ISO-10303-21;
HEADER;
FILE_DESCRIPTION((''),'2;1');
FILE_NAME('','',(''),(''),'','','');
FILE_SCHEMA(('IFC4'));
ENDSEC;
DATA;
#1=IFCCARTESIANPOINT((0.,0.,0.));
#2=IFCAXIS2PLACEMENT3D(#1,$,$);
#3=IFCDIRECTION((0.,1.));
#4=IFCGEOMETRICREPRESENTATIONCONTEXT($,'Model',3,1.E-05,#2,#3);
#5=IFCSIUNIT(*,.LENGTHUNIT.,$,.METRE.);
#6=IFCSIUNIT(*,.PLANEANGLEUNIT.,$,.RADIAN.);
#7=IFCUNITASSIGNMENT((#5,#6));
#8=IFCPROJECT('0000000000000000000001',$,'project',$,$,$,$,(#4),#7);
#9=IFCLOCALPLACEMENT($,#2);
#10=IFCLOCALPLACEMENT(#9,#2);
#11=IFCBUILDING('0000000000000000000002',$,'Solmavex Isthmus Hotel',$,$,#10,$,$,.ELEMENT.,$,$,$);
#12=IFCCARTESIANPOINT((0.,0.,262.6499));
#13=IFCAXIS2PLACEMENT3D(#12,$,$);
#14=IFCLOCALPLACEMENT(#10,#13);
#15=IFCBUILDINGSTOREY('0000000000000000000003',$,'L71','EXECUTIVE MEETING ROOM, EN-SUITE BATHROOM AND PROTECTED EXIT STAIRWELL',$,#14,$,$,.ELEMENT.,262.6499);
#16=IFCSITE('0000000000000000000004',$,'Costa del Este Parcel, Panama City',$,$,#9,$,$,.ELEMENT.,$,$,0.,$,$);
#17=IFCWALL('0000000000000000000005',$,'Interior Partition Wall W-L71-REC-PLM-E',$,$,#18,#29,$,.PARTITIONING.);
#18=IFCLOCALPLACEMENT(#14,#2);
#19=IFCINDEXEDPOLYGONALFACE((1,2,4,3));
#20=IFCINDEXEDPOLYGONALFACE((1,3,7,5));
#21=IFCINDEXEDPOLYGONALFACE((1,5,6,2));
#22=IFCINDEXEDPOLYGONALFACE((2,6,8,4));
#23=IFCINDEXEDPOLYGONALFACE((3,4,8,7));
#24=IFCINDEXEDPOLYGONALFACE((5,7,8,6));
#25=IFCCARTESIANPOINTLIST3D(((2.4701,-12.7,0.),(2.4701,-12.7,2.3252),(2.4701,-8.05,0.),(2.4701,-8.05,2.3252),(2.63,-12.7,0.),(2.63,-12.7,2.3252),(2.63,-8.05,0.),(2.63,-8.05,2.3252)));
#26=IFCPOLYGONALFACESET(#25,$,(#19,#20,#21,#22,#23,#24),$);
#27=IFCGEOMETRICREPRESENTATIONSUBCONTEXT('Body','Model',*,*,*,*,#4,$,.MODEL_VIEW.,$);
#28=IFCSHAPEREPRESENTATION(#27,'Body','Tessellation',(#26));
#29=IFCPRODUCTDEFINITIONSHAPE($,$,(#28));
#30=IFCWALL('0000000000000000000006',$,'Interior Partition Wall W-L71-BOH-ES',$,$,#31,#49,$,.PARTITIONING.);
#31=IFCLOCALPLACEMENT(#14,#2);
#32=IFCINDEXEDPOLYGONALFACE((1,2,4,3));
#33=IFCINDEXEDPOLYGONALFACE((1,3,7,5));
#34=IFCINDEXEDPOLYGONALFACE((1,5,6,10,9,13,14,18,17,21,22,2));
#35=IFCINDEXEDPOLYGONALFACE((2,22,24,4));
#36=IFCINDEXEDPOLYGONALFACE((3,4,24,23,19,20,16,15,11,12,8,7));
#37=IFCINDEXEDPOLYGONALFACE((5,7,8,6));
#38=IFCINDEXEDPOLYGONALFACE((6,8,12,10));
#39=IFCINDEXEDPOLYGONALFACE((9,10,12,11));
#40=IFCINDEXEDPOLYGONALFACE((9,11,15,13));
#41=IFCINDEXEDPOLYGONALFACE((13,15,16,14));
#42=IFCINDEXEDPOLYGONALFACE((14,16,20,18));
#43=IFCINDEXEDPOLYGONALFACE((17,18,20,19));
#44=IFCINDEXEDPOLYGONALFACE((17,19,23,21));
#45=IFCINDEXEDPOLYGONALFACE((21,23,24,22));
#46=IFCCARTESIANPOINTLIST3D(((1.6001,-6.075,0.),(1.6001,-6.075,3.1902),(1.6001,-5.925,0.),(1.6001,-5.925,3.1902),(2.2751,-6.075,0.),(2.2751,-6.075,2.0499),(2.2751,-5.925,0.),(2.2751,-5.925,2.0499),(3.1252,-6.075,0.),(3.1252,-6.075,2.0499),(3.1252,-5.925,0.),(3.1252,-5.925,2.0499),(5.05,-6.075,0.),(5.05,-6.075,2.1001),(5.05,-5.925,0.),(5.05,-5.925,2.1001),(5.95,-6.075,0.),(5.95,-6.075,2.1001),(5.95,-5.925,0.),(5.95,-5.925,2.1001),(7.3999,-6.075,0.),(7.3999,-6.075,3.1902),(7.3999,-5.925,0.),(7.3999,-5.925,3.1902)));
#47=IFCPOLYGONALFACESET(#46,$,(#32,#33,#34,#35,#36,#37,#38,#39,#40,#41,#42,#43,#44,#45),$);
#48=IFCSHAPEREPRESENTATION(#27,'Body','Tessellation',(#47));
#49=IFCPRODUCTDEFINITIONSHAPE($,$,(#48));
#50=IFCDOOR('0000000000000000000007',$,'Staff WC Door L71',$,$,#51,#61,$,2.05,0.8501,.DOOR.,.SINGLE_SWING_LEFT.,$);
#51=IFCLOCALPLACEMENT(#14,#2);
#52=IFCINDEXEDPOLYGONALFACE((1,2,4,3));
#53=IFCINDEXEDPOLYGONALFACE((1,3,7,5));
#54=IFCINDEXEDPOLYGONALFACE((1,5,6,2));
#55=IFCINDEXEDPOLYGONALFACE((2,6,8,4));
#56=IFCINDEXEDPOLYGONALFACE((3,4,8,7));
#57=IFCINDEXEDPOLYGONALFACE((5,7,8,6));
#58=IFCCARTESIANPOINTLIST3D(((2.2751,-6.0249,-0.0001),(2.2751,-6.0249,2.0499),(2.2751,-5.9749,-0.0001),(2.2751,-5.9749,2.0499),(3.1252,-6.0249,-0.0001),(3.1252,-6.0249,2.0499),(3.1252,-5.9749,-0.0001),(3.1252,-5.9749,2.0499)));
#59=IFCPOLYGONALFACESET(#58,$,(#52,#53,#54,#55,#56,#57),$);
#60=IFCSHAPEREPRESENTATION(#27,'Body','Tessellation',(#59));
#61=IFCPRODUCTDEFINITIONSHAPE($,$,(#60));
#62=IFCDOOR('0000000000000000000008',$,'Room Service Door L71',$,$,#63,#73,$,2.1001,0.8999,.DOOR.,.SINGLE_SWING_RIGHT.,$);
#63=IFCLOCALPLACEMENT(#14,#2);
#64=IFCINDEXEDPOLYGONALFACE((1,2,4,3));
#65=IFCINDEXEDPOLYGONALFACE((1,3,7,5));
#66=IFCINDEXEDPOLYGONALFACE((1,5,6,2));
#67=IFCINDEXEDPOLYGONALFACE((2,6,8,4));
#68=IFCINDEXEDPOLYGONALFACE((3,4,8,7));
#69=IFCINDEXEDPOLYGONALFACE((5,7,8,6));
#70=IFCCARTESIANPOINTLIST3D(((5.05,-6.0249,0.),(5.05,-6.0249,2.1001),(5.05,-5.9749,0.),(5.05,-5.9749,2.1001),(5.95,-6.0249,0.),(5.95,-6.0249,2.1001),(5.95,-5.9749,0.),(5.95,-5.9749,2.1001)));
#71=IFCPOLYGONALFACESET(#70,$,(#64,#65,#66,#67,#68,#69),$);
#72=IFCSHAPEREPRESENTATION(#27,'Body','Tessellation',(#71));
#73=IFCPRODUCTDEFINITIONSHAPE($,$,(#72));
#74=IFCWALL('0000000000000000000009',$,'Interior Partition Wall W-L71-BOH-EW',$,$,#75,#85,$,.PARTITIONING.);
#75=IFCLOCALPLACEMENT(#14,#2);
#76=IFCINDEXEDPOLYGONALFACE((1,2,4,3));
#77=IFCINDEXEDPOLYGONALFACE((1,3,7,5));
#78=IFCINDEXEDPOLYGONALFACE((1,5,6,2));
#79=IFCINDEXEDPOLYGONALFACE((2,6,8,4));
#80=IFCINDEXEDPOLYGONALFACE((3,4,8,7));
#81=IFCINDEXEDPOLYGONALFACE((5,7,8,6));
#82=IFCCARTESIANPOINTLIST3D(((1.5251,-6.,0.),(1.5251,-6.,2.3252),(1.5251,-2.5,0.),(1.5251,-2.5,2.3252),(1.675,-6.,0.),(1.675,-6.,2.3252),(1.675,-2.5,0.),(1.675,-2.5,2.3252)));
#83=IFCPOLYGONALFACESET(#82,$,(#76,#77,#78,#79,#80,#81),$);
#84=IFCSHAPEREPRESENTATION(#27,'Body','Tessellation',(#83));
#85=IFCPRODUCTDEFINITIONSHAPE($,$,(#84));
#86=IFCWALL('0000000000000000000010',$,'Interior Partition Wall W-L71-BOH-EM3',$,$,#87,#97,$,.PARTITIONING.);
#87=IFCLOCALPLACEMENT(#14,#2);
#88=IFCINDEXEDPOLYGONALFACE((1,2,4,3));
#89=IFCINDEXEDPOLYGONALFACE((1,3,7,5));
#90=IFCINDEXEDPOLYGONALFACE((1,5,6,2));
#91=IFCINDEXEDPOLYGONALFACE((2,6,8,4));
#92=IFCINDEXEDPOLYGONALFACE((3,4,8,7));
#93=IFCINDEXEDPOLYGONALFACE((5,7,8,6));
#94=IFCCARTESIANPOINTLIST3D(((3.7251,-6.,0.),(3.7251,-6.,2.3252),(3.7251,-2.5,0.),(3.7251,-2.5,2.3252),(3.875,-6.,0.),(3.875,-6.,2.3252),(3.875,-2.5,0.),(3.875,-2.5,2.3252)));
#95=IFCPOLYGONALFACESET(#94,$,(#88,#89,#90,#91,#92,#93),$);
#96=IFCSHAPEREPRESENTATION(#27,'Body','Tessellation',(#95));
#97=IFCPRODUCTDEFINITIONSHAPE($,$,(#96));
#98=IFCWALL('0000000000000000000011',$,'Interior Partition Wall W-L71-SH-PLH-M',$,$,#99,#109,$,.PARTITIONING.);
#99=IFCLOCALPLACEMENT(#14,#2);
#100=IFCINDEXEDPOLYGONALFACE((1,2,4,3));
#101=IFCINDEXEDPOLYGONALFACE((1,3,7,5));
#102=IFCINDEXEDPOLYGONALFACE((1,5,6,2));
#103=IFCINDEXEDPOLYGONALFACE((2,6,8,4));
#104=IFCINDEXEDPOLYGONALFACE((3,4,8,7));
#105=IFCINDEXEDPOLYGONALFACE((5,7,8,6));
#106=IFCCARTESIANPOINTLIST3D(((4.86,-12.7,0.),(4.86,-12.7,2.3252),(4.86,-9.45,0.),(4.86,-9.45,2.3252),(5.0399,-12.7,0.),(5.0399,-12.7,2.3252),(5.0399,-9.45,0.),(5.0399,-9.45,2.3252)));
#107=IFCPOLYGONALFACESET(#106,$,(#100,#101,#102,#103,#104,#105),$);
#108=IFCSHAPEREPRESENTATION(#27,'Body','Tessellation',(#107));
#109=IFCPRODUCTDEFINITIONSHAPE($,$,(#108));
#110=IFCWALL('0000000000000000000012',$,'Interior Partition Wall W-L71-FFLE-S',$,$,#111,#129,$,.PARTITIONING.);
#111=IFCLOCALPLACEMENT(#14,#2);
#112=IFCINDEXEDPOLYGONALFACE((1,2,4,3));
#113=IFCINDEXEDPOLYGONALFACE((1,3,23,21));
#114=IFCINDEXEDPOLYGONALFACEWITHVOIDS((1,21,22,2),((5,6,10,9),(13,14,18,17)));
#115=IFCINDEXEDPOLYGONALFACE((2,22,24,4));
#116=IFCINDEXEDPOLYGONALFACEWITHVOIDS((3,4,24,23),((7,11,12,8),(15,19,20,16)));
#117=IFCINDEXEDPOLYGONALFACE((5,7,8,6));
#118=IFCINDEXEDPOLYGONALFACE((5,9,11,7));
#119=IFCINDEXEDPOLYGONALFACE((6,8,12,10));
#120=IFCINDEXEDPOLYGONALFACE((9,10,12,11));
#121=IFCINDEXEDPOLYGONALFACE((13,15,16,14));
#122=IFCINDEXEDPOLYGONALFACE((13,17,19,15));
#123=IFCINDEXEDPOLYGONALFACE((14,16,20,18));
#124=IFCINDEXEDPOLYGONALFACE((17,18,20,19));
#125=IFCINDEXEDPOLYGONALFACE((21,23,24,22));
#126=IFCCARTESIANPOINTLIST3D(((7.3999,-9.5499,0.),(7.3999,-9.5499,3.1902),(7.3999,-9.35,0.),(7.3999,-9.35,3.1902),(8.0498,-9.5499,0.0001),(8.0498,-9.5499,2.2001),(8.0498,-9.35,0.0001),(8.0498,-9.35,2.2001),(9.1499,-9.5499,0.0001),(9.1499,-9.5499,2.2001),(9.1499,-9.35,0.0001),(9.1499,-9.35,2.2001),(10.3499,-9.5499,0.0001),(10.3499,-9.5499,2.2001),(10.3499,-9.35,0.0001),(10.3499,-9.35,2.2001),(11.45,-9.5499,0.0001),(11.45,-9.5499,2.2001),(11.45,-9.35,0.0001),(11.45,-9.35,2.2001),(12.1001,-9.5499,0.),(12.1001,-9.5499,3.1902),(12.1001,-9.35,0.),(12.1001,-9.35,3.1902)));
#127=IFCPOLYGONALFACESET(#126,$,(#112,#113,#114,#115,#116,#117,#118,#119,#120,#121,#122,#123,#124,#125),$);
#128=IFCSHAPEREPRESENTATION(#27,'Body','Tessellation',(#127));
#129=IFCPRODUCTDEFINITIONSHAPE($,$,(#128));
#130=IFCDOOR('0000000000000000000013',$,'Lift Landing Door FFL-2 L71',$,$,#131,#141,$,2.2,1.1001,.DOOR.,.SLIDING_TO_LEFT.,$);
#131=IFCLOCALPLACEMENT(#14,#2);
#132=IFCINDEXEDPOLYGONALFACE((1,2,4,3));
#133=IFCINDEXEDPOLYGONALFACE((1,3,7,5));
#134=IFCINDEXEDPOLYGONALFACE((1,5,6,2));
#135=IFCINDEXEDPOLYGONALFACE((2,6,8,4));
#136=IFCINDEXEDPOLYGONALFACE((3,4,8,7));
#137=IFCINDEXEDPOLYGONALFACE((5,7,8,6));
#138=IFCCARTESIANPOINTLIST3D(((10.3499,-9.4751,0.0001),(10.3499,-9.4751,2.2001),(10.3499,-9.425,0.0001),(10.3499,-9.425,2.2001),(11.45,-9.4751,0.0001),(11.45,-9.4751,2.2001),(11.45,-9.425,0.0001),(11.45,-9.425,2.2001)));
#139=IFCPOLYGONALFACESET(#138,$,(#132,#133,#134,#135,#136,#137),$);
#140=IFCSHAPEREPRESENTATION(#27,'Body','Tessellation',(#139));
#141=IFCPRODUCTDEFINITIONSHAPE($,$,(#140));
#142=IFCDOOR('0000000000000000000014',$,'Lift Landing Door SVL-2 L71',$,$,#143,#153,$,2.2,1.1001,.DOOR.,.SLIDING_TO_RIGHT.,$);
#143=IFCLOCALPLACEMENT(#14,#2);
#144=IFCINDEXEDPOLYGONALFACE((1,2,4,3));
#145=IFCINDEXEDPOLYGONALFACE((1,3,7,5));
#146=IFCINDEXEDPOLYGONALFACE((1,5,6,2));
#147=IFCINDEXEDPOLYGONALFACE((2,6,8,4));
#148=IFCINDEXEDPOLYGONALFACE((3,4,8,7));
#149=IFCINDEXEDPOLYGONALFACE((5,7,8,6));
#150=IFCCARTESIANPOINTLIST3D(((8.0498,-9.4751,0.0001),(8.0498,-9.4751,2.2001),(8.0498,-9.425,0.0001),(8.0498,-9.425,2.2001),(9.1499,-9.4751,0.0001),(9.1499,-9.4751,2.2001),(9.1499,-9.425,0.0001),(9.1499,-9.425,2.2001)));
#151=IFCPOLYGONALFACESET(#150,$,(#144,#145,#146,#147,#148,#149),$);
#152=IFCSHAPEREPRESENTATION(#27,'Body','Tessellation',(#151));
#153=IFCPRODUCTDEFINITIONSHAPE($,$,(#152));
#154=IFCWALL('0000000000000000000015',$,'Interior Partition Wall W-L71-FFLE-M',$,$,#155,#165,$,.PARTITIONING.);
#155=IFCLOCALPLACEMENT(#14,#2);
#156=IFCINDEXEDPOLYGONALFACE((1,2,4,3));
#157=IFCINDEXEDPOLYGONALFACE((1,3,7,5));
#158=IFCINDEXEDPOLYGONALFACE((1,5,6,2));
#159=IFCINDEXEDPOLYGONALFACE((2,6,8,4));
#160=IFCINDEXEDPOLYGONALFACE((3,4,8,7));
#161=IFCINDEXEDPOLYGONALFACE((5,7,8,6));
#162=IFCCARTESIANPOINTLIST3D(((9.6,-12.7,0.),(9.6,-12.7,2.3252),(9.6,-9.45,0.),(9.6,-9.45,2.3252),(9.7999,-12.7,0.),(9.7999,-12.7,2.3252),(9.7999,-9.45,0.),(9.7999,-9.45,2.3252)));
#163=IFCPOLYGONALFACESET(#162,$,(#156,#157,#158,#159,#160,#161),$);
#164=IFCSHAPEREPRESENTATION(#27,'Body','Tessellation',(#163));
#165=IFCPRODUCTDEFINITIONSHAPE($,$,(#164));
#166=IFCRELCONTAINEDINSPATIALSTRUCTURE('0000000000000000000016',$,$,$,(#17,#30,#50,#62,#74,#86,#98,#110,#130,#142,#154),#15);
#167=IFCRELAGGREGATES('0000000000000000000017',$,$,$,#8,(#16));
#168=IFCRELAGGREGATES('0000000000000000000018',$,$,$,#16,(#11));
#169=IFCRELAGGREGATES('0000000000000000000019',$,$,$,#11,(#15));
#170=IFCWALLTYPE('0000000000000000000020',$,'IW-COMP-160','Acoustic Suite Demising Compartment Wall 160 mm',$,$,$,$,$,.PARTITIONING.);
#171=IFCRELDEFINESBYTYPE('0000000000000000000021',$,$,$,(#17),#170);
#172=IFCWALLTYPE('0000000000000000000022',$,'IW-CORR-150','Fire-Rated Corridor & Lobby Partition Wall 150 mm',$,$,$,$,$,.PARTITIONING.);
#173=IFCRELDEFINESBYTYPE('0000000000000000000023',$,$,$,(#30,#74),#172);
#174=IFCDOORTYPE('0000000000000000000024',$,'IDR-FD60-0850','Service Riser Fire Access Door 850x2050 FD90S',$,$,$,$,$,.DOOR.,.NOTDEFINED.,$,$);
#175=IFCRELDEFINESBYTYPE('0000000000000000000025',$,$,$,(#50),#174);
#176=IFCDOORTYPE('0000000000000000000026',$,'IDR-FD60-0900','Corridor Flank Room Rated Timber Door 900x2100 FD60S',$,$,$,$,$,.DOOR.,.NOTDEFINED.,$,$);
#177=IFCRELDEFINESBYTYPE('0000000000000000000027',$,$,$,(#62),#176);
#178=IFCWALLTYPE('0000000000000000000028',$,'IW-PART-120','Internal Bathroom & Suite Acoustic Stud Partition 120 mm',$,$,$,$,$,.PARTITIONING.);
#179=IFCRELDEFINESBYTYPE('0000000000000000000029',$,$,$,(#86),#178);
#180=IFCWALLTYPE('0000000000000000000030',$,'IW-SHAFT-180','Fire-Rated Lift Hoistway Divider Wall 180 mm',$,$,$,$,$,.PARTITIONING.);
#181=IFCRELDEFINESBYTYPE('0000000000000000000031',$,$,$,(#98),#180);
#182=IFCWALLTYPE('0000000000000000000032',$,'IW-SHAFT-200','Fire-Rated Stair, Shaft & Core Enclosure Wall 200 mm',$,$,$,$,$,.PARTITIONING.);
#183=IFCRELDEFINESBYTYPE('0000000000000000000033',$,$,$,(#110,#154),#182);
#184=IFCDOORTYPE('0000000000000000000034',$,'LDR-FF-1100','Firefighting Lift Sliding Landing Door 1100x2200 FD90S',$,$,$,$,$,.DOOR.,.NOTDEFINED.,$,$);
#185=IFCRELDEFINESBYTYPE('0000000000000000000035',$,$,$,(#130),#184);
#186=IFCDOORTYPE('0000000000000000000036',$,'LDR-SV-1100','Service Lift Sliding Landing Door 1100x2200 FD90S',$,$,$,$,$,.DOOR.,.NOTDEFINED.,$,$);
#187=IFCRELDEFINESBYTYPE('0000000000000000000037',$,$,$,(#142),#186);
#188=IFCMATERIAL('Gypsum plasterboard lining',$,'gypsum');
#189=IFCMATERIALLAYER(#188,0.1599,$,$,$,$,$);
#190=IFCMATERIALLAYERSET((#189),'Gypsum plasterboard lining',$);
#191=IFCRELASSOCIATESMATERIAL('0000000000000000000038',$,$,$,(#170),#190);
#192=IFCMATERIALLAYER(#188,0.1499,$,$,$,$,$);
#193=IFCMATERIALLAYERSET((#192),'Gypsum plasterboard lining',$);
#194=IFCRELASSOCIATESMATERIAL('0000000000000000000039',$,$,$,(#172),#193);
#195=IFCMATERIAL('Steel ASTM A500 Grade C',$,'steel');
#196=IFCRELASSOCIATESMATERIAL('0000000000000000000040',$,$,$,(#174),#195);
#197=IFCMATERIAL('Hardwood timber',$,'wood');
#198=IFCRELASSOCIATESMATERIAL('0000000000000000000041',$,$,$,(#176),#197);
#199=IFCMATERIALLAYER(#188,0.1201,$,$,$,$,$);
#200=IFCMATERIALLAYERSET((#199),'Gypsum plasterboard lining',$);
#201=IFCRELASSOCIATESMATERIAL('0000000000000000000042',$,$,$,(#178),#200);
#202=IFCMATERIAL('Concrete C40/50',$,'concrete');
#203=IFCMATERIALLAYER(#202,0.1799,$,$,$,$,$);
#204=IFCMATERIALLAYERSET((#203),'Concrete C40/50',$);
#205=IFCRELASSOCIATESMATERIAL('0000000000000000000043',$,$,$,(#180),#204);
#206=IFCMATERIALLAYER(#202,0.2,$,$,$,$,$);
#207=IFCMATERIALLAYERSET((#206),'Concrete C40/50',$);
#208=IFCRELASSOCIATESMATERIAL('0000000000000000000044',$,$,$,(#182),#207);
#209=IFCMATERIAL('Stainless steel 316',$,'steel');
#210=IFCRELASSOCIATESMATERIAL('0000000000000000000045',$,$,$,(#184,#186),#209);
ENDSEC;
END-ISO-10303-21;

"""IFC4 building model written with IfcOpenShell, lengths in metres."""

from ifc_helpers import new_model, si_unit, direction, frame, frame_2d, origin, place, context, subcontext, project, spatial, rectangle, extrude, material, layer, layer_set, type_object, element, fill, save


model = new_model("IFC4")

# Units and contexts
model_context = context("Model", 3, precision=1e-05, world=origin(), true_north=direction((0.0, 1.0)))
body_context = subcontext(model_context, "Body", "Model", "MODEL_VIEW")
ifc_project = project(units=[si_unit("LENGTHUNIT", "METRE"), si_unit("PLANEANGLEUNIT", "RADIAN")], contexts=[model_context])

# Site, building, storey
site_placement = place(None, origin())
site = spatial("IfcSite", under=ifc_project, at=site_placement, Name="Costa del Este Parcel, Panama City", CompositionType="ELEMENT", RefElevation=0.0)
building_placement = place(site_placement, origin())
building = spatial("IfcBuilding", under=site, at=building_placement, Name="Solmavex Isthmus Hotel", CompositionType="ELEMENT")
storey_placement = place(building_placement, frame((0.0, 0.0, 262.6499)))
storey = spatial("IfcBuildingStorey", under=building, at=storey_placement, Name="L71", Description="EXECUTIVE MEETING ROOM, EN-SUITE BATHROOM AND PROTECTED EXIT STAIRWELL", CompositionType="ELEMENT", Elevation=262.6499)

# Wall
ifc_material_1 = material(Name="Gypsum plasterboard lining", Category="gypsum")
ifc_layer_1 = layer(ifc_material_1, 0.1599)
ifc_layer_set_1 = layer_set([ifc_layer_1], Name="Gypsum plasterboard lining")
wall_type_1 = type_object("IfcWallType", Name="IW-COMP-160", Description="Acoustic Suite Demising Compartment Wall 160 mm", PredefinedType="PARTITIONING", material=ifc_layer_set_1)
wall_1_placement = place(storey_placement, frame((2.55, -12.7, 0.0), z_axis=(0.0, 0.0, 1.0), x_axis=(0.0, 1.0, 0.0)))
element("IfcWall", 1, at=wall_1_placement, inside=storey, type_object=wall_type_1, Name="Interior Partition Wall W-L71-REC-PLM-E", PredefinedType="PARTITIONING", context=body_context, shape_type="SweptSolid", body=[
    extrude(rectangle(XDim=4.6499, YDim=0.1599, at=frame_2d((2.325, 0.0))), origin(), (0.0, 0.0, 1.0), 2.3252),
])

# Wall, openings, doors
ifc_layer_2 = layer(ifc_material_1, 0.1499)
ifc_layer_set_2 = layer_set([ifc_layer_2], Name="Gypsum plasterboard lining")
wall_type_2 = type_object("IfcWallType", Name="IW-CORR-150", Description="Fire-Rated Corridor & Lobby Partition Wall 150 mm", PredefinedType="PARTITIONING", material=ifc_layer_set_2)
wall_2_placement = place(storey_placement, frame((1.6001, -6.0, 0.0), z_axis=(0.0, 0.0, 1.0), x_axis=(1.0, 0.0, 0.0)))
wall_2 = element("IfcWall", 2, at=wall_2_placement, inside=storey, type_object=wall_type_2, Name="Interior Partition Wall W-L71-BOH-ES", PredefinedType="PARTITIONING", context=body_context, shape_type="SweptSolid", body=[
    extrude(rectangle(XDim=5.7998, YDim=0.1499, at=frame_2d((2.8999, 0.0))), origin(), (0.0, 0.0, 1.0), 3.1902),
])
opening_1_placement = place(wall_2_placement, frame((0.675, 0.0, 0.0)))
opening_1 = element("IfcOpeningElement", 3, at=opening_1_placement, cuts=wall_2, PredefinedType="OPENING", context=body_context, shape_type="SweptSolid", body=[
    extrude(rectangle(XDim=0.8501, YDim=2.05, at=frame_2d((0.425, 1.0249))), frame((0.0, 0.085, 0.0), z_axis=(0.0, -1.0, 0.0), x_axis=(1.0, 0.0, 0.0)), (0.0, 0.0, 1.0), 0.1699),
])
opening_2_placement = place(wall_2_placement, frame((3.45, 0.0, 0.0)))
opening_2 = element("IfcOpeningElement", 4, at=opening_2_placement, cuts=wall_2, PredefinedType="OPENING", context=body_context, shape_type="SweptSolid", body=[
    extrude(rectangle(XDim=0.8999, YDim=2.1001, at=frame_2d((0.45, 1.05))), frame((0.0, 0.085, 0.0), z_axis=(0.0, -1.0, 0.0), x_axis=(1.0, 0.0, 0.0)), (0.0, 0.0, 1.0), 0.1699),
])
ifc_material_2 = material(Name="Steel ASTM A500 Grade C", Category="steel")
door_type_1 = type_object("IfcDoorType", Name="IDR-FD60-0850", Description="Service Riser Fire Access Door 850x2050 FD90S", OperationType="NOTDEFINED", PredefinedType="DOOR", material=ifc_material_2)
door_1_placement = place(opening_1_placement, frame((0.8501, 0.0, 0.0), z_axis=(0.0, 0.0, 1.0), x_axis=(-1.0, 0.0, 0.0)))
door_1 = element("IfcDoor", 5, at=door_1_placement, inside=storey, type_object=door_type_1, Name="Staff WC Door L71", OperationType="SINGLE_SWING_LEFT", OverallHeight=2.05, OverallWidth=0.8501, PredefinedType="DOOR", context=body_context, shape_type="SweptSolid", body=[
    extrude(rectangle(XDim=0.8501, YDim=2.05, at=frame_2d((0.425, 1.0249))), frame((0.0, 0.0249, 0.0), z_axis=(0.0, -1.0, 0.0), x_axis=(1.0, 0.0, 0.0)), (0.0, 0.0, 1.0), 0.05),
])
fill(opening_1, door_1)
ifc_material_3 = material(Name="Hardwood timber", Category="wood")
door_type_2 = type_object("IfcDoorType", Name="IDR-FD60-0900", Description="Corridor Flank Room Rated Timber Door 900x2100 FD60S", OperationType="NOTDEFINED", PredefinedType="DOOR", material=ifc_material_3)
door_2_placement = place(opening_2_placement, frame((0.8999, 0.0, 0.0), z_axis=(0.0, 0.0, 1.0), x_axis=(-1.0, 0.0, 0.0)))
door_2 = element("IfcDoor", 6, at=door_2_placement, inside=storey, type_object=door_type_2, Name="Room Service Door L71", OperationType="SINGLE_SWING_RIGHT", OverallHeight=2.1001, OverallWidth=0.8999, PredefinedType="DOOR", context=body_context, shape_type="SweptSolid", body=[
    extrude(rectangle(XDim=0.8999, YDim=2.1001, at=frame_2d((0.45, 1.05))), frame((0.0, 0.0249, 0.0), z_axis=(0.0, -1.0, 0.0), x_axis=(1.0, 0.0, 0.0)), (0.0, 0.0, 1.0), 0.05),
])
fill(opening_2, door_2)

# Walls
wall_3_placement = place(storey_placement, frame((1.6001, -6.0, 0.0), z_axis=(0.0, 0.0, 1.0), x_axis=(0.0, 1.0, 0.0)))
element("IfcWall", 7, at=wall_3_placement, inside=storey, type_object=wall_type_2, Name="Interior Partition Wall W-L71-BOH-EW", PredefinedType="PARTITIONING", context=body_context, shape_type="SweptSolid", body=[
    extrude(rectangle(XDim=3.5, YDim=0.1499, at=frame_2d((1.75, 0.0))), origin(), (0.0, 0.0, 1.0), 2.3252),
])
ifc_layer_3 = layer(ifc_material_1, 0.1201)
ifc_layer_set_3 = layer_set([ifc_layer_3], Name="Gypsum plasterboard lining")
wall_type_3 = type_object("IfcWallType", Name="IW-PART-120", Description="Internal Bathroom & Suite Acoustic Stud Partition 120 mm", PredefinedType="PARTITIONING", material=ifc_layer_set_3)
wall_4_placement = place(storey_placement, frame((3.8, -6.0, 0.0), z_axis=(0.0, 0.0, 1.0), x_axis=(0.0, 1.0, 0.0)))
element("IfcWall", 8, at=wall_4_placement, inside=storey, type_object=wall_type_3, Name="Interior Partition Wall W-L71-BOH-EM3", PredefinedType="PARTITIONING", context=body_context, shape_type="SweptSolid", body=[
    extrude(rectangle(XDim=3.5, YDim=0.1499, at=frame_2d((1.75, 0.0))), origin(), (0.0, 0.0, 1.0), 2.3252),
])
ifc_material_4 = material(Name="Concrete C40/50", Category="concrete")
ifc_layer_4 = layer(ifc_material_4, 0.1799)
ifc_layer_set_4 = layer_set([ifc_layer_4], Name="Concrete C40/50")
wall_type_4 = type_object("IfcWallType", Name="IW-SHAFT-180", Description="Fire-Rated Lift Hoistway Divider Wall 180 mm", PredefinedType="PARTITIONING", material=ifc_layer_set_4)
wall_5_placement = place(storey_placement, frame((4.95, -12.7, 0.0), z_axis=(0.0, 0.0, 1.0), x_axis=(0.0, 1.0, 0.0)))
element("IfcWall", 9, at=wall_5_placement, inside=storey, type_object=wall_type_4, Name="Interior Partition Wall W-L71-SH-PLH-M", PredefinedType="PARTITIONING", context=body_context, shape_type="SweptSolid", body=[
    extrude(rectangle(XDim=3.25, YDim=0.1799, at=frame_2d((1.625, 0.0))), origin(), (0.0, 0.0, 1.0), 2.3252),
])

# Wall, openings, doors
ifc_layer_5 = layer(ifc_material_4, 0.2)
ifc_layer_set_5 = layer_set([ifc_layer_5], Name="Concrete C40/50")
wall_type_5 = type_object("IfcWallType", Name="IW-SHAFT-200", Description="Fire-Rated Stair, Shaft & Core Enclosure Wall 200 mm", PredefinedType="PARTITIONING", material=ifc_layer_set_5)
wall_6_placement = place(storey_placement, frame((7.3999, -9.45, 0.0), z_axis=(0.0, 0.0, 1.0), x_axis=(1.0, 0.0, 0.0)))
wall_6 = element("IfcWall", 10, at=wall_6_placement, inside=storey, type_object=wall_type_5, Name="Interior Partition Wall W-L71-FFLE-S", PredefinedType="PARTITIONING", context=body_context, shape_type="SweptSolid", body=[
    extrude(rectangle(XDim=4.7002, YDim=0.2, at=frame_2d((2.3501, 0.0))), origin(), (0.0, 0.0, 1.0), 3.1902),
])
opening_3_placement = place(wall_6_placement, frame((2.95, 0.0, 0.0)))
opening_3 = element("IfcOpeningElement", 11, at=opening_3_placement, cuts=wall_6, PredefinedType="OPENING", context=body_context, shape_type="SweptSolid", body=[
    extrude(rectangle(XDim=1.1001, YDim=2.2, at=frame_2d((0.55, 1.1001))), frame((0.0, 0.1099, 0.0), z_axis=(0.0, -1.0, 0.0), x_axis=(1.0, 0.0, 0.0)), (0.0, 0.0, 1.0), 0.22),
])
opening_4_placement = place(wall_6_placement, frame((0.6499, 0.0, 0.0)))
opening_4 = element("IfcOpeningElement", 12, at=opening_4_placement, cuts=wall_6, PredefinedType="OPENING", context=body_context, shape_type="SweptSolid", body=[
    extrude(rectangle(XDim=1.1001, YDim=2.2, at=frame_2d((0.55, 1.1001))), frame((0.0, 0.1099, 0.0), z_axis=(0.0, -1.0, 0.0), x_axis=(1.0, 0.0, 0.0)), (0.0, 0.0, 1.0), 0.22),
])
ifc_material_5 = material(Name="Stainless steel 316", Category="steel")
door_type_3 = type_object("IfcDoorType", Name="LDR-FF-1100", Description="Firefighting Lift Sliding Landing Door 1100x2200 FD90S", OperationType="NOTDEFINED", PredefinedType="DOOR", material=ifc_material_5)
door_3_placement = place(opening_3_placement, origin())
door_3 = element("IfcDoor", 13, at=door_3_placement, inside=storey, type_object=door_type_3, Name="Lift Landing Door FFL-2 L71", OperationType="SLIDING_TO_LEFT", OverallHeight=2.2, OverallWidth=1.1001, PredefinedType="DOOR", context=body_context, shape_type="SweptSolid", body=[
    extrude(rectangle(XDim=1.1001, YDim=2.2, at=frame_2d((0.55, 1.1001))), frame((0.0, 0.0249, 0.0), z_axis=(0.0, -1.0, 0.0), x_axis=(1.0, 0.0, 0.0)), (0.0, 0.0, 1.0), 0.05),
])
fill(opening_3, door_3)
door_type_4 = type_object("IfcDoorType", Name="LDR-SV-1100", Description="Service Lift Sliding Landing Door 1100x2200 FD90S", OperationType="NOTDEFINED", PredefinedType="DOOR", material=ifc_material_5)
door_4_placement = place(opening_4_placement, origin())
door_4 = element("IfcDoor", 14, at=door_4_placement, inside=storey, type_object=door_type_4, Name="Lift Landing Door SVL-2 L71", OperationType="SLIDING_TO_RIGHT", OverallHeight=2.2, OverallWidth=1.1001, PredefinedType="DOOR", context=body_context, shape_type="SweptSolid", body=[
    extrude(rectangle(XDim=1.1001, YDim=2.2, at=frame_2d((0.55, 1.1001))), frame((0.0, 0.0249, 0.0), z_axis=(0.0, -1.0, 0.0), x_axis=(1.0, 0.0, 0.0)), (0.0, 0.0, 1.0), 0.05),
])
fill(opening_4, door_4)

# Wall
wall_7_placement = place(storey_placement, frame((9.7, -12.7, 0.0), z_axis=(0.0, 0.0, 1.0), x_axis=(0.0, 1.0, 0.0)))
element("IfcWall", 15, at=wall_7_placement, inside=storey, type_object=wall_type_5, Name="Interior Partition Wall W-L71-FFLE-M", PredefinedType="PARTITIONING", context=body_context, shape_type="SweptSolid", body=[
    extrude(rectangle(XDim=3.25, YDim=0.2, at=frame_2d((1.625, 0.0))), origin(), (0.0, 0.0, 1.0), 2.3252),
])

save(model, "model.ifc")
